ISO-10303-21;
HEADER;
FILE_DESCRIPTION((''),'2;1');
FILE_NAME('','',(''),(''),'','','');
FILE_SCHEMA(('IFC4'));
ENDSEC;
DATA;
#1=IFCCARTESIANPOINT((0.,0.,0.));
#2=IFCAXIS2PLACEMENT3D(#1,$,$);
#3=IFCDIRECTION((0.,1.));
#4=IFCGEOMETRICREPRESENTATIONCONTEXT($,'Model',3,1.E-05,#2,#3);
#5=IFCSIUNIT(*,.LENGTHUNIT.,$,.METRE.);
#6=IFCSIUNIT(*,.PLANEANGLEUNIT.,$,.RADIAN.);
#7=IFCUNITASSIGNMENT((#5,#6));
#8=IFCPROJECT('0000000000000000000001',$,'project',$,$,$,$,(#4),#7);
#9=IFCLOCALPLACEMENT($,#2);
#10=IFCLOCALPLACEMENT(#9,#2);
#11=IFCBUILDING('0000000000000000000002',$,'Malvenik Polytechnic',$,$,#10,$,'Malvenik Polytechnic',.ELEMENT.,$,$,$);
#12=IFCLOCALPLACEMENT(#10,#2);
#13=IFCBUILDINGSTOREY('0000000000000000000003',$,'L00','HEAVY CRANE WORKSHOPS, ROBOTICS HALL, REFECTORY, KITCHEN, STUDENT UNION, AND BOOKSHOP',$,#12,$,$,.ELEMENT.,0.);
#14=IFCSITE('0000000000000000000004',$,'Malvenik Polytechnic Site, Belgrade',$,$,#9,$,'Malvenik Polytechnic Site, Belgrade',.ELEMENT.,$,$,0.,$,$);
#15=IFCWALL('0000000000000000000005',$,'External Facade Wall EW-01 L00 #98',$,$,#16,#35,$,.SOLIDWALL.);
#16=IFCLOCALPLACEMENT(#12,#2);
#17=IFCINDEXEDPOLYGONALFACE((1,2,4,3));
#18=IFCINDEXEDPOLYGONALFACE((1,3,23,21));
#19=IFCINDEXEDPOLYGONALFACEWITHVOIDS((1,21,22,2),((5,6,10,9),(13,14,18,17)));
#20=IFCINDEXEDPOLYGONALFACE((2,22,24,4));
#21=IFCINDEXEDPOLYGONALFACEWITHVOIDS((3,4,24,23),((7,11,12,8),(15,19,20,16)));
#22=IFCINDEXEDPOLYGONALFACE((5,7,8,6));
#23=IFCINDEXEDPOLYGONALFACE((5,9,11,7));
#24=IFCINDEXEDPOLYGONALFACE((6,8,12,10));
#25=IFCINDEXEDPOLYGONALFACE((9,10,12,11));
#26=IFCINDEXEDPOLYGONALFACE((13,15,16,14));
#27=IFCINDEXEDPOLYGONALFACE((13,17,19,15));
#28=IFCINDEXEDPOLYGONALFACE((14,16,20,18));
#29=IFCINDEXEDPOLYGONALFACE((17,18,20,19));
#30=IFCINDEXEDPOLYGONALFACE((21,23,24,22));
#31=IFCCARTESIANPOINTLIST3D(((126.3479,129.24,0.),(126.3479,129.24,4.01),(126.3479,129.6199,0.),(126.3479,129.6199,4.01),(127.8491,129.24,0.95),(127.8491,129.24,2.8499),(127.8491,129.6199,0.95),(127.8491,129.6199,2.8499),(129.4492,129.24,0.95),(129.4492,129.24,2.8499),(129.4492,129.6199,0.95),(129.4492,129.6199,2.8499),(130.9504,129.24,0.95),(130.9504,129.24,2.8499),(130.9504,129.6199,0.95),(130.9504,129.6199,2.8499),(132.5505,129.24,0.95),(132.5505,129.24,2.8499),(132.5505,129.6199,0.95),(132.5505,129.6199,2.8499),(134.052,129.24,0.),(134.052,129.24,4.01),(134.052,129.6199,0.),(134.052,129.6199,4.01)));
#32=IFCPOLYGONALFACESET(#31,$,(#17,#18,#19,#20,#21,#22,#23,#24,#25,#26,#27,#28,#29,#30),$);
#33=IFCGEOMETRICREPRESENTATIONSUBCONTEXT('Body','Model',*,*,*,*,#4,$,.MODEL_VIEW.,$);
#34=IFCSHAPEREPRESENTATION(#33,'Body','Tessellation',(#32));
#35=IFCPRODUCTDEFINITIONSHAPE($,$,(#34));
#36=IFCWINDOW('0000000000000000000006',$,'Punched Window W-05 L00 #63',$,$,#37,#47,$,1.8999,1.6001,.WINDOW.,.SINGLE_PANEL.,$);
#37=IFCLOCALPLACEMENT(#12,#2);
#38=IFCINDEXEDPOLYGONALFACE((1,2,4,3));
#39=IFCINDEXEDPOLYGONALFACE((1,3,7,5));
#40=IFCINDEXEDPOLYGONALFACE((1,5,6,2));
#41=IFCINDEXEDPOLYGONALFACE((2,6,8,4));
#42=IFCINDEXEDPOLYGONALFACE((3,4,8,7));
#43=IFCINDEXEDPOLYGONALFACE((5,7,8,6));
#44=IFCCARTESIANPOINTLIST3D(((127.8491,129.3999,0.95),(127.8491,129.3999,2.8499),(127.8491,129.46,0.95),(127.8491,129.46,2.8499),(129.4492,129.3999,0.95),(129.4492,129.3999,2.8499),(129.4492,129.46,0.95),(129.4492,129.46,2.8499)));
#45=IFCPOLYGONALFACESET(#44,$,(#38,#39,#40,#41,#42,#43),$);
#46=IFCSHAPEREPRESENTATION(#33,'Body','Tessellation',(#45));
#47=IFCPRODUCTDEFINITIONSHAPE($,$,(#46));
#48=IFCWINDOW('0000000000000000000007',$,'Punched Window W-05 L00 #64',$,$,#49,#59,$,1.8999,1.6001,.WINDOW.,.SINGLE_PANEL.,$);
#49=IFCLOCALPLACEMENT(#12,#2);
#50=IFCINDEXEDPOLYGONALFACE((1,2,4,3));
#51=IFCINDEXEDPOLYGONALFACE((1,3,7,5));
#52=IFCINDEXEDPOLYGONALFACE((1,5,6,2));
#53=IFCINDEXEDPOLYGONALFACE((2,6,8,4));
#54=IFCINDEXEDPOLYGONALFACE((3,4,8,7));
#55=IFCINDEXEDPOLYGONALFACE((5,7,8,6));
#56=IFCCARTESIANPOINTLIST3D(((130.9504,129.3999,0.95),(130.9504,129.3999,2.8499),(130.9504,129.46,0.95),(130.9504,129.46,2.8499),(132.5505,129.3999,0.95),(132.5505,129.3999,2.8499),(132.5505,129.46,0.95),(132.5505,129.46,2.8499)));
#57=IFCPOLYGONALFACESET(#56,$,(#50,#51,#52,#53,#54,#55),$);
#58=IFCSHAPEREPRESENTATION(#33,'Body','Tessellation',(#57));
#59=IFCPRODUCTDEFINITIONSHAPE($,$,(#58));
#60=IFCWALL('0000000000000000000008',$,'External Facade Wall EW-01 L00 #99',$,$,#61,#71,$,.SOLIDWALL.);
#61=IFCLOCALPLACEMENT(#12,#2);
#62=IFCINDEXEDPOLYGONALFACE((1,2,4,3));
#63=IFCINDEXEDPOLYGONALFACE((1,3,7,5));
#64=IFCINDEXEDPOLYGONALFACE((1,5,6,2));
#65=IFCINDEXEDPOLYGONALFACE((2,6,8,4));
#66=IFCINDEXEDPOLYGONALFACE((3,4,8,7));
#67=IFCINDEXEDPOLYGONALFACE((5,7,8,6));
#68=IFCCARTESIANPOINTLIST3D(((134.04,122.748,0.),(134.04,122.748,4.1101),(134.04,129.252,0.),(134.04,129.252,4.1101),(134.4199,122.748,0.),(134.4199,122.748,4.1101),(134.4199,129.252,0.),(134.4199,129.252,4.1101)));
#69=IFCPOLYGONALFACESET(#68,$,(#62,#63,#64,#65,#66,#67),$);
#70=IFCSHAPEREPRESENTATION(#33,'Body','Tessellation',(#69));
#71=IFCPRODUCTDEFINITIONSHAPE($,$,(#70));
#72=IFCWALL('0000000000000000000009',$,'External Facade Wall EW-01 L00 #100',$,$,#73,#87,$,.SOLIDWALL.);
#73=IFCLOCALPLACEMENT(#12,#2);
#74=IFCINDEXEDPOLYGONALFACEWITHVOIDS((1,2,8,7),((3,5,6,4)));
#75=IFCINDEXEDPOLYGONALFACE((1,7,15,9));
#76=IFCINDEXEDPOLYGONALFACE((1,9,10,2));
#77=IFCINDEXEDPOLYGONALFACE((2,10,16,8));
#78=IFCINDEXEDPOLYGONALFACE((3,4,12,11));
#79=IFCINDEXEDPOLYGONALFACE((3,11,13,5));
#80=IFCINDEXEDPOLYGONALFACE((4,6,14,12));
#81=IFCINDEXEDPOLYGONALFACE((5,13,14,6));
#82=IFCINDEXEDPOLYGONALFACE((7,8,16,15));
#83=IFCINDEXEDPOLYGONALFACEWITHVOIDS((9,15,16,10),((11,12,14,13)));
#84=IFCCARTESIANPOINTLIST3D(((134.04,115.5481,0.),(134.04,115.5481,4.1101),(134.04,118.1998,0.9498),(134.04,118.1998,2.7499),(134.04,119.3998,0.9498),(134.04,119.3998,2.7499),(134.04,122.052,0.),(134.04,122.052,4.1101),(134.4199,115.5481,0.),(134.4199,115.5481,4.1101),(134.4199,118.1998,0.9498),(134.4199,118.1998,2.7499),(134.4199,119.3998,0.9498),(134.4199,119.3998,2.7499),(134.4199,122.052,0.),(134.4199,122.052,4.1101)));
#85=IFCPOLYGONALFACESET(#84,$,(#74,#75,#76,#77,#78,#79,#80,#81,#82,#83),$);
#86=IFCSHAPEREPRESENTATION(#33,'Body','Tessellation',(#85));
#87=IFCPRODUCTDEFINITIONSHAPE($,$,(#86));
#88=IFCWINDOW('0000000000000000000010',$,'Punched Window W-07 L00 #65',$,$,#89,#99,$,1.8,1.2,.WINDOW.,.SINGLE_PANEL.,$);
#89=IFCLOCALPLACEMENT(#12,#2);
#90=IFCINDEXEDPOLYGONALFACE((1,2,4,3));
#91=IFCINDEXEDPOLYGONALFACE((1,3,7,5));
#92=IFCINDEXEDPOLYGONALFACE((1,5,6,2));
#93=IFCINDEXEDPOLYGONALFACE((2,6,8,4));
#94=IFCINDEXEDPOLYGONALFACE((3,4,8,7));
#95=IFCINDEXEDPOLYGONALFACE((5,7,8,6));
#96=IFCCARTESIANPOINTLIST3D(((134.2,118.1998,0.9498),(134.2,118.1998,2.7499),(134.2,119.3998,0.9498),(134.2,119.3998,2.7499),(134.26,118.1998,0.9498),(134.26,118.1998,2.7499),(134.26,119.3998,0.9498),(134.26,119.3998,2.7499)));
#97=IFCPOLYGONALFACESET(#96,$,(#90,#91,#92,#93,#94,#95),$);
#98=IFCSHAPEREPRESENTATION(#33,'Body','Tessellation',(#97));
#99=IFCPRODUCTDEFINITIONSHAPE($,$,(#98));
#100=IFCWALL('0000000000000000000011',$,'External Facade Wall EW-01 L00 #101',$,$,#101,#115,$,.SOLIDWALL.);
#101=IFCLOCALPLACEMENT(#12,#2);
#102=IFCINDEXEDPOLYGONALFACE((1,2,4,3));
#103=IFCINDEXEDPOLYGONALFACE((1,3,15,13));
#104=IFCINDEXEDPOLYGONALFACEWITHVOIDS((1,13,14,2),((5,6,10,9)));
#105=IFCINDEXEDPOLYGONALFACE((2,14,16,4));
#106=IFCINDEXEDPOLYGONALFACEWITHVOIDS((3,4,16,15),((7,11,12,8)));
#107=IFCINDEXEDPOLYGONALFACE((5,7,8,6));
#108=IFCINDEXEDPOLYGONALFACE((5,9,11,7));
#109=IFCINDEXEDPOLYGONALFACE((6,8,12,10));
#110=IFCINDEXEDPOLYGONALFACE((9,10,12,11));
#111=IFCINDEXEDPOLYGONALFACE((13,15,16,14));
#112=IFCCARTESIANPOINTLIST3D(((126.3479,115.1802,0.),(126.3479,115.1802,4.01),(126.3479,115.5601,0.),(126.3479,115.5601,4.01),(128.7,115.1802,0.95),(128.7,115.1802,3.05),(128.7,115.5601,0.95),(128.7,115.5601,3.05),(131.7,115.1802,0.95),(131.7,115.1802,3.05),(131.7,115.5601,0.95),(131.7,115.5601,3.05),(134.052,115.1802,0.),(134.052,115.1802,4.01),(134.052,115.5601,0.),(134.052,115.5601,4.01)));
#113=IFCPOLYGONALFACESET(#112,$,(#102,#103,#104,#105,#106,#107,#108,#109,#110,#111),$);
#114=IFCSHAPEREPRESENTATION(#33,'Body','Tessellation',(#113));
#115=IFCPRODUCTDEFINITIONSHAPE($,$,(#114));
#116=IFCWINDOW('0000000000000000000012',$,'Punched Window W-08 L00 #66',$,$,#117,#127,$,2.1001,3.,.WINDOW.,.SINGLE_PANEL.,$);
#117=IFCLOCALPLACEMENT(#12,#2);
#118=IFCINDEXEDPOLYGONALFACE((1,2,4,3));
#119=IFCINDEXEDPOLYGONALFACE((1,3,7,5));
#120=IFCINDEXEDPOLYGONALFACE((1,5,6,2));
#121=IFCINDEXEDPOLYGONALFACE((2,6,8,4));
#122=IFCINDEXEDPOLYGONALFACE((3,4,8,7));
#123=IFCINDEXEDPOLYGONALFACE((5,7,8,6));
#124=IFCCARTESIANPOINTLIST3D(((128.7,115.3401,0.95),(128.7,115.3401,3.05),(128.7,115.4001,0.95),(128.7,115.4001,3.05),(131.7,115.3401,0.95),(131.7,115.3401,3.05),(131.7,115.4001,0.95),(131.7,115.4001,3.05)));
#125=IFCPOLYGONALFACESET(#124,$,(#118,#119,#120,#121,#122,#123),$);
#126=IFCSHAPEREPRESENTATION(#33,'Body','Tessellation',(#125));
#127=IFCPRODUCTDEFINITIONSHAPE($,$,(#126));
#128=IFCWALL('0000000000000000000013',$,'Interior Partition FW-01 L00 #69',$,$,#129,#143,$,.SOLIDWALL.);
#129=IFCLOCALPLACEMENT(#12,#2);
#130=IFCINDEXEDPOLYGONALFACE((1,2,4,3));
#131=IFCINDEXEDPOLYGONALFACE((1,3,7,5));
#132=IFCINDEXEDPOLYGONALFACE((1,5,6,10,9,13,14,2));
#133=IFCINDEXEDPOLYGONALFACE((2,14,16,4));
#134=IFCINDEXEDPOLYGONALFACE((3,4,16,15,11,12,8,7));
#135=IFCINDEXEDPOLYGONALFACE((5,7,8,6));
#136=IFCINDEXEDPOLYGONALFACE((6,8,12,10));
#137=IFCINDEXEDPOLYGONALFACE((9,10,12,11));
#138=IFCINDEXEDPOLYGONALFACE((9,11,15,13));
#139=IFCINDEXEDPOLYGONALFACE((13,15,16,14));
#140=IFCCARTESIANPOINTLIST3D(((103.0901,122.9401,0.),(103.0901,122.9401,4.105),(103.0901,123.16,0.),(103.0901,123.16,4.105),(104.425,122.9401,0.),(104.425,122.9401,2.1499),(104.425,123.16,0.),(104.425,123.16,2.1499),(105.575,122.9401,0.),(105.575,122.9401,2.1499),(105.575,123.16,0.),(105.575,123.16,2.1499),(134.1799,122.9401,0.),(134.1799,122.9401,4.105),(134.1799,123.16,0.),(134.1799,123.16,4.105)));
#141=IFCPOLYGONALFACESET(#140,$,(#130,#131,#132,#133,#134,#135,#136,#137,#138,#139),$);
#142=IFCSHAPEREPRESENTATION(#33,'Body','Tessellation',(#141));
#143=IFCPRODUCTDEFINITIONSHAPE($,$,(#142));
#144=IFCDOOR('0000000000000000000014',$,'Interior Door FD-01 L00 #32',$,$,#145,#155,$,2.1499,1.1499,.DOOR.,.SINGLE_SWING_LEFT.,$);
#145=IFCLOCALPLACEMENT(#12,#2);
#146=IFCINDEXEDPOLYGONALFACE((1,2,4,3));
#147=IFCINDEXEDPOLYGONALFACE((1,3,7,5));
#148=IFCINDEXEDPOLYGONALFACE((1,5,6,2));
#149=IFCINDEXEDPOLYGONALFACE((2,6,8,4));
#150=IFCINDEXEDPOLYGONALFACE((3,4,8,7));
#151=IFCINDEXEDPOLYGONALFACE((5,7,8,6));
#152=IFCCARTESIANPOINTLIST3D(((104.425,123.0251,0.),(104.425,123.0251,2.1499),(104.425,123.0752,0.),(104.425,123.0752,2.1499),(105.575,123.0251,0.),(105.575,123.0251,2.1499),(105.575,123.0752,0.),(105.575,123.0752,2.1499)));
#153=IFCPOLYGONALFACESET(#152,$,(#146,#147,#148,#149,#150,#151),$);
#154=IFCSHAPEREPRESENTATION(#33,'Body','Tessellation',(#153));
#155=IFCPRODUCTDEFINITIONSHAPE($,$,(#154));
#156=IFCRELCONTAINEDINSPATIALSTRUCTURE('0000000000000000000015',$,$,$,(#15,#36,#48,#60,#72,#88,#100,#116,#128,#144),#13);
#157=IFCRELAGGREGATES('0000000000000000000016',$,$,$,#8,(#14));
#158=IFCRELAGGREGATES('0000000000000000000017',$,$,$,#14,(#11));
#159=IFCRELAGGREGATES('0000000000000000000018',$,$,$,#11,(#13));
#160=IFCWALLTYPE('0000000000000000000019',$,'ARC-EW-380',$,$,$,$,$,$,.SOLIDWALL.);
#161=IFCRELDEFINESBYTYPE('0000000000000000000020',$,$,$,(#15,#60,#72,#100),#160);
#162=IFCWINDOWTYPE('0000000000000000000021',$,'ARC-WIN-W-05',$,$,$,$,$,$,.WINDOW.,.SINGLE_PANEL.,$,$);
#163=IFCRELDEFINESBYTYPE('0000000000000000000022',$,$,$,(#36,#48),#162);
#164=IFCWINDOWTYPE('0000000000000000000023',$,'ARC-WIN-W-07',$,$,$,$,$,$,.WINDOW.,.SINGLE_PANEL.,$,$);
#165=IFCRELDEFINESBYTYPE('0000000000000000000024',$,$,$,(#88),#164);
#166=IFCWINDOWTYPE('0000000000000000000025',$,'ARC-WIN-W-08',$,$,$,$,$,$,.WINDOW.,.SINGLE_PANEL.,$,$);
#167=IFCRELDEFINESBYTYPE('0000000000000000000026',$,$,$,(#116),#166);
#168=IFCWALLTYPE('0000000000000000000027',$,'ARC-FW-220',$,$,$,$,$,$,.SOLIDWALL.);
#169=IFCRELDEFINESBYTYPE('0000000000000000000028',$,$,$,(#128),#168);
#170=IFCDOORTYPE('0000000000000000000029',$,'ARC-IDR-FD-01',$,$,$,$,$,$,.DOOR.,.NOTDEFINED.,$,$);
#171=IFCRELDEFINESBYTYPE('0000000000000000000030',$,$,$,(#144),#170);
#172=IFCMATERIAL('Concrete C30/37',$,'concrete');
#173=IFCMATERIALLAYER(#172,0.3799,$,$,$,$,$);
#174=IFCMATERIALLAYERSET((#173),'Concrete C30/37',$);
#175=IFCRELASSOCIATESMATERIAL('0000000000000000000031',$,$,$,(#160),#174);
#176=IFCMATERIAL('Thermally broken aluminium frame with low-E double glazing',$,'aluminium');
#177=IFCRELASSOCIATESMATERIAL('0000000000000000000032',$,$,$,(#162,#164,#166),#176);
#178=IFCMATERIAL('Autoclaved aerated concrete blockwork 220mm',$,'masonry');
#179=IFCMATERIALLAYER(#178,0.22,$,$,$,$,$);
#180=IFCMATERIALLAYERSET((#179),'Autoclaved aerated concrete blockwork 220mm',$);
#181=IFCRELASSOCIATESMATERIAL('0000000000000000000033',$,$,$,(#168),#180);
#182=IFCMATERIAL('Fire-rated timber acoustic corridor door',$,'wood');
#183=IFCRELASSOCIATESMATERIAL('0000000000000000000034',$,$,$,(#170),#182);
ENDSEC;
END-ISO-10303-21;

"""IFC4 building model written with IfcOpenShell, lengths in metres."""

from ifc_helpers import new_model, si_unit, direction, frame, frame_2d, origin, place, context, subcontext, project, spatial, rectangle, extrude, material, layer, layer_set, type_object, element, fill, save


model = new_model("IFC4")

# Units and contexts
model_context = context("Model", 3, precision=1e-05, world=origin(), true_north=direction((0.0, 1.0)))
body_context = subcontext(model_context, "Body", "Model", "MODEL_VIEW")
ifc_project = project(units=[si_unit("LENGTHUNIT", "METRE"), si_unit("PLANEANGLEUNIT", "RADIAN")], contexts=[model_context])

# Site, building, storey
site_placement = place(None, origin())
site = spatial("IfcSite", under=ifc_project, at=site_placement, Name="Malvenik Polytechnic Site, Belgrade", LongName="Malvenik Polytechnic Site, Belgrade", CompositionType="ELEMENT", RefElevation=0.0)
building_placement = place(site_placement, origin())
building = spatial("IfcBuilding", under=site, at=building_placement, Name="Malvenik Polytechnic", LongName="Malvenik Polytechnic", CompositionType="ELEMENT")
storey_placement = place(building_placement, origin())
storey = spatial("IfcBuildingStorey", under=building, at=storey_placement, Name="L00", Description="HEAVY CRANE WORKSHOPS, ROBOTICS HALL, REFECTORY, KITCHEN, STUDENT UNION, AND BOOKSHOP", CompositionType="ELEMENT", Elevation=0.0)

# Shared definitions
ifc_material_1 = material(Name="Concrete C30/37", Category="concrete")

# Wall, openings, windows
ifc_layer_1 = layer(ifc_material_1, 0.3799)
ifc_layer_set_1 = layer_set([ifc_layer_1], Name="Concrete C30/37")
wall_type_1 = type_object("IfcWallType", Name="ARC-EW-380", PredefinedType="SOLIDWALL", material=ifc_layer_set_1)
wall_1_placement = place(storey_placement, frame((126.3479, 129.4299, 0.0), z_axis=(0.0, 0.0, 1.0), x_axis=(1.0, 0.0, 0.0)))
wall_1 = element("IfcWall", 1, at=wall_1_placement, inside=storey, type_object=wall_type_1, Name="External Facade Wall EW-01 L00 #98", PredefinedType="SOLIDWALL", context=body_context, shape_type="SweptSolid", body=[
    extrude(rectangle(XDim=7.7041, YDim=0.3799, at=frame_2d((3.8521, 0.0))), origin(), (0.0, 0.0, 1.0), 4.01),
])
opening_1_placement = place(wall_1_placement, frame((1.5012, 0.0, 0.95)))
opening_1 = element("IfcOpeningElement", 2, at=opening_1_placement, cuts=wall_1, PredefinedType="OPENING", context=body_context, shape_type="SweptSolid", body=[
    extrude(rectangle(XDim=1.6001, YDim=1.8999, at=frame_2d((0.8, 0.95))), frame((0.0, 0.2, 0.0), z_axis=(0.0, -1.0, 0.0), x_axis=(1.0, 0.0, 0.0)), (0.0, 0.0, 1.0), 0.3999),
])
opening_2_placement = place(wall_1_placement, frame((4.6025, 0.0, 0.95)))
opening_2 = element("IfcOpeningElement", 3, at=opening_2_placement, cuts=wall_1, PredefinedType="OPENING", context=body_context, shape_type="SweptSolid", body=[
    extrude(rectangle(XDim=1.6001, YDim=1.8999, at=frame_2d((0.8, 0.95))), frame((0.0, 0.2, 0.0), z_axis=(0.0, -1.0, 0.0), x_axis=(1.0, 0.0, 0.0)), (0.0, 0.0, 1.0), 0.3999),
])
ifc_material_2 = material(Name="Thermally broken aluminium frame with low-E double glazing", Category="aluminium")
window_type_1 = type_object("IfcWindowType", Name="ARC-WIN-W-05", PartitioningType="SINGLE_PANEL", PredefinedType="WINDOW", material=ifc_material_2)
window_1_placement = place(opening_1_placement, origin())
window_1 = element("IfcWindow", 4, at=window_1_placement, inside=storey, type_object=window_type_1, Name="Punched Window W-05 L00 #63", OverallHeight=1.8999, OverallWidth=1.6001, PartitioningType="SINGLE_PANEL", PredefinedType="WINDOW", context=body_context, shape_type="SweptSolid", body=[
    extrude(rectangle(XDim=1.6001, YDim=1.8999, at=frame_2d((0.8, 0.95))), frame((0.0, 0.03, 0.0), z_axis=(0.0, -1.0, 0.0), x_axis=(1.0, 0.0, 0.0)), (0.0, 0.0, 1.0), 0.0601),
])
fill(opening_1, window_1)
window_2_placement = place(opening_2_placement, origin())
window_2 = element("IfcWindow", 5, at=window_2_placement, inside=storey, type_object=window_type_1, Name="Punched Window W-05 L00 #64", OverallHeight=1.8999, OverallWidth=1.6001, PartitioningType="SINGLE_PANEL", PredefinedType="WINDOW", context=body_context, shape_type="SweptSolid", body=[
    extrude(rectangle(XDim=1.6001, YDim=1.8999, at=frame_2d((0.8, 0.95))), frame((0.0, 0.03, 0.0), z_axis=(0.0, -1.0, 0.0), x_axis=(1.0, 0.0, 0.0)), (0.0, 0.0, 1.0), 0.0601),
])
fill(opening_2, window_2)

# Wall
wall_2_placement = place(storey_placement, frame((134.23, 129.252, 0.0), z_axis=(0.0, 0.0, 1.0), x_axis=(0.0, -1.0, 0.0)))
element("IfcWall", 6, at=wall_2_placement, inside=storey, type_object=wall_type_1, Name="External Facade Wall EW-01 L00 #99", PredefinedType="SOLIDWALL", context=body_context, shape_type="SweptSolid", body=[
    extrude(rectangle(XDim=6.5039, YDim=0.3799, at=frame_2d((3.252, 0.0))), origin(), (0.0, 0.0, 1.0), 4.1101),
])

# Walls, openings, windows
wall_3_placement = place(storey_placement, frame((134.23, 122.052, 0.0), z_axis=(0.0, 0.0, 1.0), x_axis=(0.0, -1.0, 0.0)))
wall_3 = element("IfcWall", 7, at=wall_3_placement, inside=storey, type_object=wall_type_1, Name="External Facade Wall EW-01 L00 #100", PredefinedType="SOLIDWALL", context=body_context, shape_type="SweptSolid", body=[
    extrude(rectangle(XDim=6.5039, YDim=0.3799, at=frame_2d((3.252, 0.0))), origin(), (0.0, 0.0, 1.0), 4.1101),
])
opening_3_placement = place(wall_3_placement, frame((2.6521, 0.0, 0.95)))
opening_3 = element("IfcOpeningElement", 8, at=opening_3_placement, cuts=wall_3, PredefinedType="OPENING", context=body_context, shape_type="SweptSolid", body=[
    extrude(rectangle(XDim=1.2, YDim=1.8, at=frame_2d((0.6001, 0.8999))), frame((0.0, 0.2, 0.0), z_axis=(0.0, -1.0, 0.0), x_axis=(1.0, 0.0, 0.0)), (0.0, 0.0, 1.0), 0.3999),
])
window_type_2 = type_object("IfcWindowType", Name="ARC-WIN-W-07", PartitioningType="SINGLE_PANEL", PredefinedType="WINDOW", material=ifc_material_2)
window_3_placement = place(opening_3_placement, origin())
window_3 = element("IfcWindow", 9, at=window_3_placement, inside=storey, type_object=window_type_2, Name="Punched Window W-07 L00 #65", OverallHeight=1.8, OverallWidth=1.2, PartitioningType="SINGLE_PANEL", PredefinedType="WINDOW", context=body_context, shape_type="SweptSolid", body=[
    extrude(rectangle(XDim=1.2, YDim=1.8, at=frame_2d((0.6001, 0.8999))), frame((0.0, 0.03, 0.0), z_axis=(0.0, -1.0, 0.0), x_axis=(1.0, 0.0, 0.0)), (0.0, 0.0, 1.0), 0.0601),
])
fill(opening_3, window_3)
wall_4_placement = place(storey_placement, frame((134.052, 115.3701, 0.0), z_axis=(0.0, 0.0, 1.0), x_axis=(-1.0, 0.0, 0.0)))
wall_4 = element("IfcWall", 10, at=wall_4_placement, inside=storey, type_object=wall_type_1, Name="External Facade Wall EW-01 L00 #101", PredefinedType="SOLIDWALL", context=body_context, shape_type="SweptSolid", body=[
    extrude(rectangle(XDim=7.7041, YDim=0.3799, at=frame_2d((3.8521, 0.0))), origin(), (0.0, 0.0, 1.0), 4.01),
])
opening_4_placement = place(wall_4_placement, frame((2.3521, 0.0, 0.95)))
opening_4 = element("IfcOpeningElement", 11, at=opening_4_placement, cuts=wall_4, PredefinedType="OPENING", context=body_context, shape_type="SweptSolid", body=[
    extrude(rectangle(XDim=3.0, YDim=2.1001, at=frame_2d((1.5, 1.05))), frame((0.0, 0.2, 0.0), z_axis=(0.0, -1.0, 0.0), x_axis=(1.0, 0.0, 0.0)), (0.0, 0.0, 1.0), 0.3999),
])
window_type_3 = type_object("IfcWindowType", Name="ARC-WIN-W-08", PartitioningType="SINGLE_PANEL", PredefinedType="WINDOW", material=ifc_material_2)
window_4_placement = place(opening_4_placement, origin())
window_4 = element("IfcWindow", 12, at=window_4_placement, inside=storey, type_object=window_type_3, Name="Punched Window W-08 L00 #66", OverallHeight=2.1001, OverallWidth=3.0, PartitioningType="SINGLE_PANEL", PredefinedType="WINDOW", context=body_context, shape_type="SweptSolid", body=[
    extrude(rectangle(XDim=3.0, YDim=2.1001, at=frame_2d((1.5, 1.05))), frame((0.0, 0.03, 0.0), z_axis=(0.0, -1.0, 0.0), x_axis=(1.0, 0.0, 0.0)), (0.0, 0.0, 1.0), 0.0601),
])
fill(opening_4, window_4)

# Wall, opening, door
ifc_material_3 = material(Name="Autoclaved aerated concrete blockwork 220mm", Category="masonry")
ifc_layer_2 = layer(ifc_material_3, 0.22)
ifc_layer_set_2 = layer_set([ifc_layer_2], Name="Autoclaved aerated concrete blockwork 220mm")
wall_type_2 = type_object("IfcWallType", Name="ARC-FW-220", PredefinedType="SOLIDWALL", material=ifc_layer_set_2)
wall_5_placement = place(storey_placement, frame((134.1799, 123.05, 0.0), z_axis=(0.0, 0.0, 1.0), x_axis=(-1.0, 0.0, 0.0)))
wall_5 = element("IfcWall", 13, at=wall_5_placement, inside=storey, type_object=wall_type_2, Name="Interior Partition FW-01 L00 #69", PredefinedType="SOLIDWALL", context=body_context, shape_type="SweptSolid", body=[
    extrude(rectangle(XDim=31.0898, YDim=0.22, at=frame_2d((15.5449, 0.0))), origin(), (0.0, 0.0, 1.0), 4.105),
])
opening_5_placement = place(wall_5_placement, frame((28.605, 0.0, 0.0)))
opening_5 = element("IfcOpeningElement", 14, at=opening_5_placement, cuts=wall_5, PredefinedType="OPENING", context=body_context, shape_type="SweptSolid", body=[
    extrude(rectangle(XDim=1.1499, YDim=2.1499, at=frame_2d((0.575, 1.075))), frame((0.0, 0.1201, 0.0), z_axis=(0.0, -1.0, 0.0), x_axis=(1.0, 0.0, 0.0)), (0.0, 0.0, 1.0), 0.24),
])
ifc_material_4 = material(Name="Fire-rated timber acoustic corridor door", Category="wood")
door_type = type_object("IfcDoorType", Name="ARC-IDR-FD-01", OperationType="NOTDEFINED", PredefinedType="DOOR", material=ifc_material_4)
door_placement = place(opening_5_placement, origin())
door = element("IfcDoor", 15, at=door_placement, inside=storey, type_object=door_type, Name="Interior Door FD-01 L00 #32", OperationType="SINGLE_SWING_LEFT", OverallHeight=2.1499, OverallWidth=1.1499, PredefinedType="DOOR", context=body_context, shape_type="SweptSolid", body=[
    extrude(rectangle(XDim=1.1499, YDim=2.1499, at=frame_2d((0.575, 1.075))), frame((0.0, 0.0249, 0.0), z_axis=(0.0, -1.0, 0.0), x_axis=(1.0, 0.0, 0.0)), (0.0, 0.0, 1.0), 0.05),
])
fill(opening_5, door)

save(model, "model.ifc")
